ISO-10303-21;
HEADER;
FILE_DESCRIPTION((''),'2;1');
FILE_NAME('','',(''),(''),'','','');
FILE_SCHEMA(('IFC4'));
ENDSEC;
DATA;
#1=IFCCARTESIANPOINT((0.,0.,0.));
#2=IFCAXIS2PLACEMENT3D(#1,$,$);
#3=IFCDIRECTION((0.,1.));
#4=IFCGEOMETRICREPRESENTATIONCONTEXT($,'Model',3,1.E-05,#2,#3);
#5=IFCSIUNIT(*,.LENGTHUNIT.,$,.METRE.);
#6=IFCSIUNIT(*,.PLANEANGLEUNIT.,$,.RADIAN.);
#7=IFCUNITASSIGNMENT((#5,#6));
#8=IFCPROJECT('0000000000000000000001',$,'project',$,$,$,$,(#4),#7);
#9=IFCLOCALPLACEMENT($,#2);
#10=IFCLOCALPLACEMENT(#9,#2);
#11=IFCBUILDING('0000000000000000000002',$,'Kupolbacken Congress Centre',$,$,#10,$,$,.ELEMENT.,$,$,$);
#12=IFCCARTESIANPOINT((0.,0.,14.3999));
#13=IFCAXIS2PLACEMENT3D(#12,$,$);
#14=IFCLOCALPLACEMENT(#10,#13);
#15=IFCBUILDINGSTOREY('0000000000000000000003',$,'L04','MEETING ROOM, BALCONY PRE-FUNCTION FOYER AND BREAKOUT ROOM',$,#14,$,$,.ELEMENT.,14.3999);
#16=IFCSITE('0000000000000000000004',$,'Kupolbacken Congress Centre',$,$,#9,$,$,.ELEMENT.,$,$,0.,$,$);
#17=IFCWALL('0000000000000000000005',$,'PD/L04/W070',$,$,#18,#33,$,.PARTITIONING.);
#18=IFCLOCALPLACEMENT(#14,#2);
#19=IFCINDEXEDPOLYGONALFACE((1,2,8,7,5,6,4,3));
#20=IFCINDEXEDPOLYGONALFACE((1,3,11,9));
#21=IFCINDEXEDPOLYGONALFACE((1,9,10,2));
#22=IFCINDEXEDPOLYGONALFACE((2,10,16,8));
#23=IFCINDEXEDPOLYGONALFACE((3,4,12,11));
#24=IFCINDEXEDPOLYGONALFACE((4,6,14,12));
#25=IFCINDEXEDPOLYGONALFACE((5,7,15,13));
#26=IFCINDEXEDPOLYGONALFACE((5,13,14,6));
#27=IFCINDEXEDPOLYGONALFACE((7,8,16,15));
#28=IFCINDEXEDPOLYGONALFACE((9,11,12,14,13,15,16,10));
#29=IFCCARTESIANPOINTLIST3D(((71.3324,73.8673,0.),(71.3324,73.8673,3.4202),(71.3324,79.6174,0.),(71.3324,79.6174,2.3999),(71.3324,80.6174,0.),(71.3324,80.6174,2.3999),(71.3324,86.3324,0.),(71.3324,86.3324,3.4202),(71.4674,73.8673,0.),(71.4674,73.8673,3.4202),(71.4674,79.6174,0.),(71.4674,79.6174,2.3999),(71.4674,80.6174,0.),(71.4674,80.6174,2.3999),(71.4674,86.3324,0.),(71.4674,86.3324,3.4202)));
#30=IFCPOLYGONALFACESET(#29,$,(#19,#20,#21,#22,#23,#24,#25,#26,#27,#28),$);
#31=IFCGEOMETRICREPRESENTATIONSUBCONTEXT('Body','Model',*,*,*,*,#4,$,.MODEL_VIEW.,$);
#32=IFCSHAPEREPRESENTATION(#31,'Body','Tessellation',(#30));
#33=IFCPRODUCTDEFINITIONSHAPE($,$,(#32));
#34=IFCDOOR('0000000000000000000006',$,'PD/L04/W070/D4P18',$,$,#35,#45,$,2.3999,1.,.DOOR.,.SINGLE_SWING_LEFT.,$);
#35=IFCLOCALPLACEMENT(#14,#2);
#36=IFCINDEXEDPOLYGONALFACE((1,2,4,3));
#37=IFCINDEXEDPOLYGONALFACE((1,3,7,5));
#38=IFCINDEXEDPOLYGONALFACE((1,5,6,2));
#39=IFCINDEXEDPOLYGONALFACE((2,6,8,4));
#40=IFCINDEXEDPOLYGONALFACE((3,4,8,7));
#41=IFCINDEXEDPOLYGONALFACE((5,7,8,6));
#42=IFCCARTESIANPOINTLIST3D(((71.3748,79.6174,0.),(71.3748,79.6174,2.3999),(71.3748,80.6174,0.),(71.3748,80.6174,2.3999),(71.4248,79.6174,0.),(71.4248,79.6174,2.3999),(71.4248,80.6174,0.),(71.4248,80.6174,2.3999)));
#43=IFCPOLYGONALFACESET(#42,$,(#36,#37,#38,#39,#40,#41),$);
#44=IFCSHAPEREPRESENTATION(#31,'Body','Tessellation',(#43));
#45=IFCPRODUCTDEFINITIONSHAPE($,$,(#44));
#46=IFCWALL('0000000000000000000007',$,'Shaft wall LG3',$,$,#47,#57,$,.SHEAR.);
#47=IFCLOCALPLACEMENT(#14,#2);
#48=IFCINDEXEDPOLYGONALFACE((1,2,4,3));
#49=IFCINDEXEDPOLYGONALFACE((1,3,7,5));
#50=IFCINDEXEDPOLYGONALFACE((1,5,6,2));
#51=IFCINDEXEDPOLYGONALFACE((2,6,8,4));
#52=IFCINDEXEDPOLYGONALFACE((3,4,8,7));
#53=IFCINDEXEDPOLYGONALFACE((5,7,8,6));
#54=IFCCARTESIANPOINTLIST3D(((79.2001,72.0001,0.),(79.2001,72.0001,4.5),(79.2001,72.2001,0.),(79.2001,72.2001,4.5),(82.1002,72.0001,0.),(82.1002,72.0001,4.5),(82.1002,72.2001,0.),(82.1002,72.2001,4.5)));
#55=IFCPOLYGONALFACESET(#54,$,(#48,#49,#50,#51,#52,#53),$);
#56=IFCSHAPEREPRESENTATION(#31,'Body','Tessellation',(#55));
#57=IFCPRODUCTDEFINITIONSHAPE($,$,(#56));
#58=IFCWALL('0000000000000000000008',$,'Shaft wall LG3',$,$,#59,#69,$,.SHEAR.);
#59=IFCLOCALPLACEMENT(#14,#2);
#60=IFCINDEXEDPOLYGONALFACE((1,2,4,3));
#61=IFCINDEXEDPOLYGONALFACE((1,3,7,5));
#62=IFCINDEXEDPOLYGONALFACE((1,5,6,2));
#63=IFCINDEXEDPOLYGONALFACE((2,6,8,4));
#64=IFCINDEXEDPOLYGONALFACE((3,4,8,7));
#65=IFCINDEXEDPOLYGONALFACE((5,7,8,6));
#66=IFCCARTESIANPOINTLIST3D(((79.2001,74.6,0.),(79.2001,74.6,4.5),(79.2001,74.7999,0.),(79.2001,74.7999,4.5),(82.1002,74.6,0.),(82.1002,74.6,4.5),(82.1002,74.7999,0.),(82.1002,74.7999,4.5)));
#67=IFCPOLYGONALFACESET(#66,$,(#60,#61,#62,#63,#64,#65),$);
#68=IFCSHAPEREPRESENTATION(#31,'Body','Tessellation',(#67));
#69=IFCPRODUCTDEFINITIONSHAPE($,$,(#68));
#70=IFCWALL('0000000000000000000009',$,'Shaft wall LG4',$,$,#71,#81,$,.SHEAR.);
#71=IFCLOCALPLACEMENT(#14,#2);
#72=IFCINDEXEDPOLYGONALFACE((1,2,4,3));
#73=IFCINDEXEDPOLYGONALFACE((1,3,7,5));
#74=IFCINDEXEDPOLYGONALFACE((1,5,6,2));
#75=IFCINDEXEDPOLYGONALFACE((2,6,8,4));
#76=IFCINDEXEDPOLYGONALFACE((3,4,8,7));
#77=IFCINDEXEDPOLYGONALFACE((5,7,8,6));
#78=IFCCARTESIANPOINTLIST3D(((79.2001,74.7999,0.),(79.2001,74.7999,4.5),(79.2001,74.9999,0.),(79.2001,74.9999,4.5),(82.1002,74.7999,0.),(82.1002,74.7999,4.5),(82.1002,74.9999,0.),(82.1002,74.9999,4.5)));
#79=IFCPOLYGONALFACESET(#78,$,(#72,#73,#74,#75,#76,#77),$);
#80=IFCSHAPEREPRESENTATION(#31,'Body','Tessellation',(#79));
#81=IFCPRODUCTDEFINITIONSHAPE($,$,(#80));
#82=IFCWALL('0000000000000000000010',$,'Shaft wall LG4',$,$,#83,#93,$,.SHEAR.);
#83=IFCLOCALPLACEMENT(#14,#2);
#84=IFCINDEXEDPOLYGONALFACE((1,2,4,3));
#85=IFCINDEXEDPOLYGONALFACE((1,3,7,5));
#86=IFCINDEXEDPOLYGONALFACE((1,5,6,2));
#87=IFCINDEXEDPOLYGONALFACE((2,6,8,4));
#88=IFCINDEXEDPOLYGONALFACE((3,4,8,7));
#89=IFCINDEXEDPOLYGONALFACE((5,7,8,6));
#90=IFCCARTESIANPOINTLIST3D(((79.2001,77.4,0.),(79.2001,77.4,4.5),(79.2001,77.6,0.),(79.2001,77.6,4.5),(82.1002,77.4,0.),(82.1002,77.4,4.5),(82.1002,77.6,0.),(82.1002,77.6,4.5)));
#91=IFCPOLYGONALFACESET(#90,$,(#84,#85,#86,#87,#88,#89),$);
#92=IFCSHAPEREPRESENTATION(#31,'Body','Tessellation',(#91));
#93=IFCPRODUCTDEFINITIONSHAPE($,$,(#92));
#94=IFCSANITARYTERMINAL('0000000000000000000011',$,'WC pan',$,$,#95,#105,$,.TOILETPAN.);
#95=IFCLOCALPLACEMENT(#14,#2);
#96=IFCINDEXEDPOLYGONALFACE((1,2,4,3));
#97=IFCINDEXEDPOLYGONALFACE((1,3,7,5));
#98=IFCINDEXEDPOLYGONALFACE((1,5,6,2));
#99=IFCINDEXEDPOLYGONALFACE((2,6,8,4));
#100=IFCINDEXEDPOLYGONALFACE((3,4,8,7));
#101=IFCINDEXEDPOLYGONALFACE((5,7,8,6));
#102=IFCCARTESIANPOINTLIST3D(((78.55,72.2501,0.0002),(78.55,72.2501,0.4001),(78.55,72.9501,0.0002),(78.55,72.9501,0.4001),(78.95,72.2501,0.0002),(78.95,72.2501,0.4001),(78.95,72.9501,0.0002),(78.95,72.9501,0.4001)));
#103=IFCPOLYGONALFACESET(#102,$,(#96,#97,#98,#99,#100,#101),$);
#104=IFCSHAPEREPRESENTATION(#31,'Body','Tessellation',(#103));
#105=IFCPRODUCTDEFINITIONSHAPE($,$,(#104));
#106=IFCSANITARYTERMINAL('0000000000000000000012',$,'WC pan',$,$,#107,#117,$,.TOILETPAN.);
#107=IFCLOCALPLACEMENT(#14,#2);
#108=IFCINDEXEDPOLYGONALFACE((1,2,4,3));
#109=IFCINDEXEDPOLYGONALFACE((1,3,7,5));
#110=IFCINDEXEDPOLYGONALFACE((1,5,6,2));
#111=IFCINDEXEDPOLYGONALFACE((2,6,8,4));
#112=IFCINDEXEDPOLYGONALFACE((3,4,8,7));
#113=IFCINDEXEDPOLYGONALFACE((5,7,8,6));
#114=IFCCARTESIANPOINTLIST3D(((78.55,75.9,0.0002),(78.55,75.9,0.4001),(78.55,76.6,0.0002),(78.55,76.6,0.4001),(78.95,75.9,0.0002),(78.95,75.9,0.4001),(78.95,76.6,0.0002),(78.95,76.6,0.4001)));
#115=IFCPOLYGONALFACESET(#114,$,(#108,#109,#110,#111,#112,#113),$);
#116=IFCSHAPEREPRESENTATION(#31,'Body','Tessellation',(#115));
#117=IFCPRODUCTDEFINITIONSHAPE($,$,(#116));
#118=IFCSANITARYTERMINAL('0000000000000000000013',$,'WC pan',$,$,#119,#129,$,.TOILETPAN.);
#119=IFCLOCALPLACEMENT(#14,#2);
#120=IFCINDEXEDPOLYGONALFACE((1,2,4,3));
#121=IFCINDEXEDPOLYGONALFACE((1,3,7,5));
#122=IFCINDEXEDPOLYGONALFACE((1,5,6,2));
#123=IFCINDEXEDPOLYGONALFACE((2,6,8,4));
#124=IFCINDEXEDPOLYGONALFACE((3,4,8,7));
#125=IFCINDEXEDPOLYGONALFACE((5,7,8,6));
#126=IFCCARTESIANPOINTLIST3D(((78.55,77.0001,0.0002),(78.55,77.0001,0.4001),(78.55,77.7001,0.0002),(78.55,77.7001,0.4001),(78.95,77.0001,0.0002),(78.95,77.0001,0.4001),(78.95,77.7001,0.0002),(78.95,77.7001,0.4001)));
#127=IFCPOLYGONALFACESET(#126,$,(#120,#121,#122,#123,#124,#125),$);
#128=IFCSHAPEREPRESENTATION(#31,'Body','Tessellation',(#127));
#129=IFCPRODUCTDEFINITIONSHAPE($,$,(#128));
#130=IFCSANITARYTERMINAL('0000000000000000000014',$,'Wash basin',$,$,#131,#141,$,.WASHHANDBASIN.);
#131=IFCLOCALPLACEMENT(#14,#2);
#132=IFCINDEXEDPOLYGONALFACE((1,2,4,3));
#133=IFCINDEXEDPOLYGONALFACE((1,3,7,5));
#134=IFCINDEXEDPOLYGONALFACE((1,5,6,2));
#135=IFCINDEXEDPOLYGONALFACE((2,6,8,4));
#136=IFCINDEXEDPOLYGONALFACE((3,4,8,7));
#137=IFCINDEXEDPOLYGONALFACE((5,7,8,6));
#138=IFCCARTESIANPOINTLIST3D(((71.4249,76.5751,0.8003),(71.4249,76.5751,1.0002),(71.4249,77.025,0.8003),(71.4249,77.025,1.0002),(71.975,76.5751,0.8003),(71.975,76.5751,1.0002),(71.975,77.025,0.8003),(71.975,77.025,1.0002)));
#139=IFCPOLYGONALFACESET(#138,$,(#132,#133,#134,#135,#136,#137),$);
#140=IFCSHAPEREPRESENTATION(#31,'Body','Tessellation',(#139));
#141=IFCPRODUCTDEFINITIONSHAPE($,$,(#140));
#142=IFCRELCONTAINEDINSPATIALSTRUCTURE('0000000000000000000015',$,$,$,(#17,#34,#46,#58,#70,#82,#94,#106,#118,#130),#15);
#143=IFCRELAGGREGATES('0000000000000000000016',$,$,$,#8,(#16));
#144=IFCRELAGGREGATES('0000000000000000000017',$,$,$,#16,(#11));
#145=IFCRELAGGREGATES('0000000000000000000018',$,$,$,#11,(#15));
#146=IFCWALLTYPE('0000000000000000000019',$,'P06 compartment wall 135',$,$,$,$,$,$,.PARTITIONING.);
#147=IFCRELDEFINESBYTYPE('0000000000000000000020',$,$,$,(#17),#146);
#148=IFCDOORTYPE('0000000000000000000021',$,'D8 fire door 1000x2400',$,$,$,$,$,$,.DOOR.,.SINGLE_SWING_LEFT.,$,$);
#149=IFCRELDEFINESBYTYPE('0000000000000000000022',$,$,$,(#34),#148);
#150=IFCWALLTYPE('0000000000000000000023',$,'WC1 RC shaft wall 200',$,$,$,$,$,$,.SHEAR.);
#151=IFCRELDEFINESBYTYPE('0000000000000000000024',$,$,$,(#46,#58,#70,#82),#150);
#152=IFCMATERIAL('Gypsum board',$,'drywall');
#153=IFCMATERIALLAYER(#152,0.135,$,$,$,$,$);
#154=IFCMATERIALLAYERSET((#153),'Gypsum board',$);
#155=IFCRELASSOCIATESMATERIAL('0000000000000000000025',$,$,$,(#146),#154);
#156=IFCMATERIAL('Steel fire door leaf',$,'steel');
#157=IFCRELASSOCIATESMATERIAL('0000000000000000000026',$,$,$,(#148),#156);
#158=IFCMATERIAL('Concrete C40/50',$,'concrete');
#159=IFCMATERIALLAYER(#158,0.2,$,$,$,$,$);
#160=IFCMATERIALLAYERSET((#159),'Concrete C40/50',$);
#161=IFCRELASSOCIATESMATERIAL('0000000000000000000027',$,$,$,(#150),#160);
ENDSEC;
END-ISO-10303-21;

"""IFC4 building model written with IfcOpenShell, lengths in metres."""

from ifc_helpers import new_model, si_unit, direction, frame, frame_2d, origin, origin_2d, place, context, subcontext, project, spatial, rectangle, extrude, material, layer, layer_set, type_object, element, fill, save


model = new_model("IFC4")

# Units and contexts
model_context = context("Model", 3, precision=1e-05, world=origin(), true_north=direction((0.0, 1.0)))
body_context = subcontext(model_context, "Body", "Model", "MODEL_VIEW")
ifc_project = project(units=[si_unit("LENGTHUNIT", "METRE"), si_unit("PLANEANGLEUNIT", "RADIAN")], contexts=[model_context])

# Site, building, storey
site_placement = place(None, origin())
site = spatial("IfcSite", under=ifc_project, at=site_placement, Name="Kupolbacken Congress Centre", CompositionType="ELEMENT", RefElevation=0.0)
building_placement = place(site_placement, origin())
building = spatial("IfcBuilding", under=site, at=building_placement, Name="Kupolbacken Congress Centre", CompositionType="ELEMENT")
storey_placement = place(building_placement, frame((0.0, 0.0, 14.3999)))
storey = spatial("IfcBuildingStorey", under=building, at=storey_placement, Name="L04", Description="MEETING ROOM, BALCONY PRE-FUNCTION FOYER AND BREAKOUT ROOM", CompositionType="ELEMENT", Elevation=14.3999)

# Shared definitions
ifc_material_1 = material(Name="Gypsum board", Category="drywall")
ifc_layer_1 = layer(ifc_material_1, 0.135)
ifc_layer_set_1 = layer_set([ifc_layer_1], Name="Gypsum board")
wall_type_1 = type_object("IfcWallType", Name="P06 compartment wall 135", PredefinedType="PARTITIONING", material=ifc_layer_set_1)

# Wall, opening, door
wall_1_placement = place(storey_placement, frame((71.3999, 73.8674, 0.0), z_axis=(0.0, 0.0, 1.0), x_axis=(0.0, 1.0, 0.0)))
wall_1 = element("IfcWall", 1, at=wall_1_placement, inside=storey, type_object=wall_type_1, Name="PD/L04/W070", PredefinedType="PARTITIONING", context=body_context, shape_type="SweptSolid", body=[
    extrude(rectangle(XDim=12.4651, YDim=0.135, at=frame_2d((6.2324, 0.0))), origin(), (0.0, 0.0, 1.0), 3.4202),
])
opening_1_placement = place(wall_1_placement, frame((5.75, 0.0, 0.0)))
opening_1 = element("IfcOpeningElement", 2, at=opening_1_placement, cuts=wall_1, PredefinedType="OPENING", context=body_context, shape_type="SweptSolid", body=[
    extrude(rectangle(XDim=1.0, YDim=2.3999, at=frame_2d((0.5, 1.2))), frame((0.0, 0.0774, 0.0), z_axis=(0.0, -1.0, 0.0), x_axis=(1.0, 0.0, 0.0)), (0.0, 0.0, 1.0), 0.155),
])
ifc_material_2 = material(Name="Steel fire door leaf", Category="steel")
door_type_1 = type_object("IfcDoorType", Name="D8 fire door 1000x2400", OperationType="SINGLE_SWING_LEFT", PredefinedType="DOOR", material=ifc_material_2)
door_1_placement = place(opening_1_placement, frame((1.0, 0.0, 0.0), z_axis=(0.0, 0.0, 1.0), x_axis=(-1.0, 0.0, 0.0)))
door_1 = element("IfcDoor", 3, at=door_1_placement, inside=storey, type_object=door_type_1, Name="PD/L04/W070/D4P18", OperationType="SINGLE_SWING_LEFT", OverallHeight=2.3999, OverallWidth=1.0, PredefinedType="DOOR", context=body_context, shape_type="SweptSolid", body=[
    extrude(rectangle(XDim=1.0, YDim=2.3999, at=frame_2d((0.5, 1.2))), frame((0.0, 0.0249, 0.0), z_axis=(0.0, -1.0, 0.0), x_axis=(1.0, 0.0, 0.0)), (0.0, 0.0, 1.0), 0.05),
])
fill(opening_1, door_1)

# Walls
ifc_material_3 = material(Name="Concrete C40/50", Category="concrete")
ifc_layer_2 = layer(ifc_material_3, 0.2)
ifc_layer_set_2 = layer_set([ifc_layer_2], Name="Concrete C40/50")
wall_type_2 = type_object("IfcWallType", Name="WC1 RC shaft wall 200", PredefinedType="SHEAR", material=ifc_layer_set_2)
for number, where, z_axis, x_axis, name in (
    (4, (79.2, 72.1001, 0.0), (0.0, 0.0, 1.0), (1.0, 0.0, 0.0), "Shaft wall LG3"),
    (5, (79.2, 74.7, 0.0), (0.0, 0.0, 1.0), (1.0, 0.0, 0.0), "Shaft wall LG3"),
    (6, (79.2, 74.8999, 0.0), (0.0, 0.0, 1.0), (1.0, 0.0, 0.0), "Shaft wall LG4"),
    (7, (79.2, 77.5, 0.0), (0.0, 0.0, 1.0), (1.0, 0.0, 0.0), "Shaft wall LG4"),
):
    element("IfcWall", number, at=place(storey_placement, frame(where, z_axis=z_axis, x_axis=x_axis)), inside=storey, type_object=wall_type_2, Name=name, PredefinedType="SHEAR", context=body_context, shape_type="SweptSolid", body=[
        extrude(rectangle(XDim=2.9001, YDim=0.2, at=frame_2d((1.4502, 0.0))), origin(), (0.0, 0.0, 1.0), 4.5),
    ])

# Sanitary terminals
for number, where, z_axis, x_axis, name in (
    (8, (78.75, 72.6001, 0.0002), (0.0, 0.0, 1.0), (1.0, 0.0, 0.0), "WC pan"),
    (9, (78.75, 76.25, 0.0002), (0.0, 0.0, 1.0), (1.0, 0.0, 0.0), "WC pan"),
    (10, (78.75, 77.3501, 0.0002), (0.0, 0.0, 1.0), (1.0, 0.0, 0.0), "WC pan"),
):
    element("IfcSanitaryTerminal", number, at=place(storey_placement, frame(where, z_axis=z_axis, x_axis=x_axis)), inside=storey, Name=name, PredefinedType="TOILETPAN", context=body_context, shape_type="SweptSolid", body=[
        extrude(rectangle(XDim=0.3999, YDim=0.7, at=origin_2d()), origin(), (0.0, 0.0, 1.0), 0.3999),
    ])
sanitary_terminal_placement = place(storey_placement, frame((71.7, 76.8, 0.8003), z_axis=(0.0, 0.0, 1.0), x_axis=(1.0, 0.0, 0.0)))
element("IfcSanitaryTerminal", 11, at=sanitary_terminal_placement, inside=storey, Name="Wash basin", PredefinedType="WASHHANDBASIN", context=body_context, shape_type="SweptSolid", body=[
    extrude(rectangle(XDim=0.55, YDim=0.45, at=origin_2d()), origin(), (0.0, 0.0, 1.0), 0.2),
])

save(model, "model.ifc")
